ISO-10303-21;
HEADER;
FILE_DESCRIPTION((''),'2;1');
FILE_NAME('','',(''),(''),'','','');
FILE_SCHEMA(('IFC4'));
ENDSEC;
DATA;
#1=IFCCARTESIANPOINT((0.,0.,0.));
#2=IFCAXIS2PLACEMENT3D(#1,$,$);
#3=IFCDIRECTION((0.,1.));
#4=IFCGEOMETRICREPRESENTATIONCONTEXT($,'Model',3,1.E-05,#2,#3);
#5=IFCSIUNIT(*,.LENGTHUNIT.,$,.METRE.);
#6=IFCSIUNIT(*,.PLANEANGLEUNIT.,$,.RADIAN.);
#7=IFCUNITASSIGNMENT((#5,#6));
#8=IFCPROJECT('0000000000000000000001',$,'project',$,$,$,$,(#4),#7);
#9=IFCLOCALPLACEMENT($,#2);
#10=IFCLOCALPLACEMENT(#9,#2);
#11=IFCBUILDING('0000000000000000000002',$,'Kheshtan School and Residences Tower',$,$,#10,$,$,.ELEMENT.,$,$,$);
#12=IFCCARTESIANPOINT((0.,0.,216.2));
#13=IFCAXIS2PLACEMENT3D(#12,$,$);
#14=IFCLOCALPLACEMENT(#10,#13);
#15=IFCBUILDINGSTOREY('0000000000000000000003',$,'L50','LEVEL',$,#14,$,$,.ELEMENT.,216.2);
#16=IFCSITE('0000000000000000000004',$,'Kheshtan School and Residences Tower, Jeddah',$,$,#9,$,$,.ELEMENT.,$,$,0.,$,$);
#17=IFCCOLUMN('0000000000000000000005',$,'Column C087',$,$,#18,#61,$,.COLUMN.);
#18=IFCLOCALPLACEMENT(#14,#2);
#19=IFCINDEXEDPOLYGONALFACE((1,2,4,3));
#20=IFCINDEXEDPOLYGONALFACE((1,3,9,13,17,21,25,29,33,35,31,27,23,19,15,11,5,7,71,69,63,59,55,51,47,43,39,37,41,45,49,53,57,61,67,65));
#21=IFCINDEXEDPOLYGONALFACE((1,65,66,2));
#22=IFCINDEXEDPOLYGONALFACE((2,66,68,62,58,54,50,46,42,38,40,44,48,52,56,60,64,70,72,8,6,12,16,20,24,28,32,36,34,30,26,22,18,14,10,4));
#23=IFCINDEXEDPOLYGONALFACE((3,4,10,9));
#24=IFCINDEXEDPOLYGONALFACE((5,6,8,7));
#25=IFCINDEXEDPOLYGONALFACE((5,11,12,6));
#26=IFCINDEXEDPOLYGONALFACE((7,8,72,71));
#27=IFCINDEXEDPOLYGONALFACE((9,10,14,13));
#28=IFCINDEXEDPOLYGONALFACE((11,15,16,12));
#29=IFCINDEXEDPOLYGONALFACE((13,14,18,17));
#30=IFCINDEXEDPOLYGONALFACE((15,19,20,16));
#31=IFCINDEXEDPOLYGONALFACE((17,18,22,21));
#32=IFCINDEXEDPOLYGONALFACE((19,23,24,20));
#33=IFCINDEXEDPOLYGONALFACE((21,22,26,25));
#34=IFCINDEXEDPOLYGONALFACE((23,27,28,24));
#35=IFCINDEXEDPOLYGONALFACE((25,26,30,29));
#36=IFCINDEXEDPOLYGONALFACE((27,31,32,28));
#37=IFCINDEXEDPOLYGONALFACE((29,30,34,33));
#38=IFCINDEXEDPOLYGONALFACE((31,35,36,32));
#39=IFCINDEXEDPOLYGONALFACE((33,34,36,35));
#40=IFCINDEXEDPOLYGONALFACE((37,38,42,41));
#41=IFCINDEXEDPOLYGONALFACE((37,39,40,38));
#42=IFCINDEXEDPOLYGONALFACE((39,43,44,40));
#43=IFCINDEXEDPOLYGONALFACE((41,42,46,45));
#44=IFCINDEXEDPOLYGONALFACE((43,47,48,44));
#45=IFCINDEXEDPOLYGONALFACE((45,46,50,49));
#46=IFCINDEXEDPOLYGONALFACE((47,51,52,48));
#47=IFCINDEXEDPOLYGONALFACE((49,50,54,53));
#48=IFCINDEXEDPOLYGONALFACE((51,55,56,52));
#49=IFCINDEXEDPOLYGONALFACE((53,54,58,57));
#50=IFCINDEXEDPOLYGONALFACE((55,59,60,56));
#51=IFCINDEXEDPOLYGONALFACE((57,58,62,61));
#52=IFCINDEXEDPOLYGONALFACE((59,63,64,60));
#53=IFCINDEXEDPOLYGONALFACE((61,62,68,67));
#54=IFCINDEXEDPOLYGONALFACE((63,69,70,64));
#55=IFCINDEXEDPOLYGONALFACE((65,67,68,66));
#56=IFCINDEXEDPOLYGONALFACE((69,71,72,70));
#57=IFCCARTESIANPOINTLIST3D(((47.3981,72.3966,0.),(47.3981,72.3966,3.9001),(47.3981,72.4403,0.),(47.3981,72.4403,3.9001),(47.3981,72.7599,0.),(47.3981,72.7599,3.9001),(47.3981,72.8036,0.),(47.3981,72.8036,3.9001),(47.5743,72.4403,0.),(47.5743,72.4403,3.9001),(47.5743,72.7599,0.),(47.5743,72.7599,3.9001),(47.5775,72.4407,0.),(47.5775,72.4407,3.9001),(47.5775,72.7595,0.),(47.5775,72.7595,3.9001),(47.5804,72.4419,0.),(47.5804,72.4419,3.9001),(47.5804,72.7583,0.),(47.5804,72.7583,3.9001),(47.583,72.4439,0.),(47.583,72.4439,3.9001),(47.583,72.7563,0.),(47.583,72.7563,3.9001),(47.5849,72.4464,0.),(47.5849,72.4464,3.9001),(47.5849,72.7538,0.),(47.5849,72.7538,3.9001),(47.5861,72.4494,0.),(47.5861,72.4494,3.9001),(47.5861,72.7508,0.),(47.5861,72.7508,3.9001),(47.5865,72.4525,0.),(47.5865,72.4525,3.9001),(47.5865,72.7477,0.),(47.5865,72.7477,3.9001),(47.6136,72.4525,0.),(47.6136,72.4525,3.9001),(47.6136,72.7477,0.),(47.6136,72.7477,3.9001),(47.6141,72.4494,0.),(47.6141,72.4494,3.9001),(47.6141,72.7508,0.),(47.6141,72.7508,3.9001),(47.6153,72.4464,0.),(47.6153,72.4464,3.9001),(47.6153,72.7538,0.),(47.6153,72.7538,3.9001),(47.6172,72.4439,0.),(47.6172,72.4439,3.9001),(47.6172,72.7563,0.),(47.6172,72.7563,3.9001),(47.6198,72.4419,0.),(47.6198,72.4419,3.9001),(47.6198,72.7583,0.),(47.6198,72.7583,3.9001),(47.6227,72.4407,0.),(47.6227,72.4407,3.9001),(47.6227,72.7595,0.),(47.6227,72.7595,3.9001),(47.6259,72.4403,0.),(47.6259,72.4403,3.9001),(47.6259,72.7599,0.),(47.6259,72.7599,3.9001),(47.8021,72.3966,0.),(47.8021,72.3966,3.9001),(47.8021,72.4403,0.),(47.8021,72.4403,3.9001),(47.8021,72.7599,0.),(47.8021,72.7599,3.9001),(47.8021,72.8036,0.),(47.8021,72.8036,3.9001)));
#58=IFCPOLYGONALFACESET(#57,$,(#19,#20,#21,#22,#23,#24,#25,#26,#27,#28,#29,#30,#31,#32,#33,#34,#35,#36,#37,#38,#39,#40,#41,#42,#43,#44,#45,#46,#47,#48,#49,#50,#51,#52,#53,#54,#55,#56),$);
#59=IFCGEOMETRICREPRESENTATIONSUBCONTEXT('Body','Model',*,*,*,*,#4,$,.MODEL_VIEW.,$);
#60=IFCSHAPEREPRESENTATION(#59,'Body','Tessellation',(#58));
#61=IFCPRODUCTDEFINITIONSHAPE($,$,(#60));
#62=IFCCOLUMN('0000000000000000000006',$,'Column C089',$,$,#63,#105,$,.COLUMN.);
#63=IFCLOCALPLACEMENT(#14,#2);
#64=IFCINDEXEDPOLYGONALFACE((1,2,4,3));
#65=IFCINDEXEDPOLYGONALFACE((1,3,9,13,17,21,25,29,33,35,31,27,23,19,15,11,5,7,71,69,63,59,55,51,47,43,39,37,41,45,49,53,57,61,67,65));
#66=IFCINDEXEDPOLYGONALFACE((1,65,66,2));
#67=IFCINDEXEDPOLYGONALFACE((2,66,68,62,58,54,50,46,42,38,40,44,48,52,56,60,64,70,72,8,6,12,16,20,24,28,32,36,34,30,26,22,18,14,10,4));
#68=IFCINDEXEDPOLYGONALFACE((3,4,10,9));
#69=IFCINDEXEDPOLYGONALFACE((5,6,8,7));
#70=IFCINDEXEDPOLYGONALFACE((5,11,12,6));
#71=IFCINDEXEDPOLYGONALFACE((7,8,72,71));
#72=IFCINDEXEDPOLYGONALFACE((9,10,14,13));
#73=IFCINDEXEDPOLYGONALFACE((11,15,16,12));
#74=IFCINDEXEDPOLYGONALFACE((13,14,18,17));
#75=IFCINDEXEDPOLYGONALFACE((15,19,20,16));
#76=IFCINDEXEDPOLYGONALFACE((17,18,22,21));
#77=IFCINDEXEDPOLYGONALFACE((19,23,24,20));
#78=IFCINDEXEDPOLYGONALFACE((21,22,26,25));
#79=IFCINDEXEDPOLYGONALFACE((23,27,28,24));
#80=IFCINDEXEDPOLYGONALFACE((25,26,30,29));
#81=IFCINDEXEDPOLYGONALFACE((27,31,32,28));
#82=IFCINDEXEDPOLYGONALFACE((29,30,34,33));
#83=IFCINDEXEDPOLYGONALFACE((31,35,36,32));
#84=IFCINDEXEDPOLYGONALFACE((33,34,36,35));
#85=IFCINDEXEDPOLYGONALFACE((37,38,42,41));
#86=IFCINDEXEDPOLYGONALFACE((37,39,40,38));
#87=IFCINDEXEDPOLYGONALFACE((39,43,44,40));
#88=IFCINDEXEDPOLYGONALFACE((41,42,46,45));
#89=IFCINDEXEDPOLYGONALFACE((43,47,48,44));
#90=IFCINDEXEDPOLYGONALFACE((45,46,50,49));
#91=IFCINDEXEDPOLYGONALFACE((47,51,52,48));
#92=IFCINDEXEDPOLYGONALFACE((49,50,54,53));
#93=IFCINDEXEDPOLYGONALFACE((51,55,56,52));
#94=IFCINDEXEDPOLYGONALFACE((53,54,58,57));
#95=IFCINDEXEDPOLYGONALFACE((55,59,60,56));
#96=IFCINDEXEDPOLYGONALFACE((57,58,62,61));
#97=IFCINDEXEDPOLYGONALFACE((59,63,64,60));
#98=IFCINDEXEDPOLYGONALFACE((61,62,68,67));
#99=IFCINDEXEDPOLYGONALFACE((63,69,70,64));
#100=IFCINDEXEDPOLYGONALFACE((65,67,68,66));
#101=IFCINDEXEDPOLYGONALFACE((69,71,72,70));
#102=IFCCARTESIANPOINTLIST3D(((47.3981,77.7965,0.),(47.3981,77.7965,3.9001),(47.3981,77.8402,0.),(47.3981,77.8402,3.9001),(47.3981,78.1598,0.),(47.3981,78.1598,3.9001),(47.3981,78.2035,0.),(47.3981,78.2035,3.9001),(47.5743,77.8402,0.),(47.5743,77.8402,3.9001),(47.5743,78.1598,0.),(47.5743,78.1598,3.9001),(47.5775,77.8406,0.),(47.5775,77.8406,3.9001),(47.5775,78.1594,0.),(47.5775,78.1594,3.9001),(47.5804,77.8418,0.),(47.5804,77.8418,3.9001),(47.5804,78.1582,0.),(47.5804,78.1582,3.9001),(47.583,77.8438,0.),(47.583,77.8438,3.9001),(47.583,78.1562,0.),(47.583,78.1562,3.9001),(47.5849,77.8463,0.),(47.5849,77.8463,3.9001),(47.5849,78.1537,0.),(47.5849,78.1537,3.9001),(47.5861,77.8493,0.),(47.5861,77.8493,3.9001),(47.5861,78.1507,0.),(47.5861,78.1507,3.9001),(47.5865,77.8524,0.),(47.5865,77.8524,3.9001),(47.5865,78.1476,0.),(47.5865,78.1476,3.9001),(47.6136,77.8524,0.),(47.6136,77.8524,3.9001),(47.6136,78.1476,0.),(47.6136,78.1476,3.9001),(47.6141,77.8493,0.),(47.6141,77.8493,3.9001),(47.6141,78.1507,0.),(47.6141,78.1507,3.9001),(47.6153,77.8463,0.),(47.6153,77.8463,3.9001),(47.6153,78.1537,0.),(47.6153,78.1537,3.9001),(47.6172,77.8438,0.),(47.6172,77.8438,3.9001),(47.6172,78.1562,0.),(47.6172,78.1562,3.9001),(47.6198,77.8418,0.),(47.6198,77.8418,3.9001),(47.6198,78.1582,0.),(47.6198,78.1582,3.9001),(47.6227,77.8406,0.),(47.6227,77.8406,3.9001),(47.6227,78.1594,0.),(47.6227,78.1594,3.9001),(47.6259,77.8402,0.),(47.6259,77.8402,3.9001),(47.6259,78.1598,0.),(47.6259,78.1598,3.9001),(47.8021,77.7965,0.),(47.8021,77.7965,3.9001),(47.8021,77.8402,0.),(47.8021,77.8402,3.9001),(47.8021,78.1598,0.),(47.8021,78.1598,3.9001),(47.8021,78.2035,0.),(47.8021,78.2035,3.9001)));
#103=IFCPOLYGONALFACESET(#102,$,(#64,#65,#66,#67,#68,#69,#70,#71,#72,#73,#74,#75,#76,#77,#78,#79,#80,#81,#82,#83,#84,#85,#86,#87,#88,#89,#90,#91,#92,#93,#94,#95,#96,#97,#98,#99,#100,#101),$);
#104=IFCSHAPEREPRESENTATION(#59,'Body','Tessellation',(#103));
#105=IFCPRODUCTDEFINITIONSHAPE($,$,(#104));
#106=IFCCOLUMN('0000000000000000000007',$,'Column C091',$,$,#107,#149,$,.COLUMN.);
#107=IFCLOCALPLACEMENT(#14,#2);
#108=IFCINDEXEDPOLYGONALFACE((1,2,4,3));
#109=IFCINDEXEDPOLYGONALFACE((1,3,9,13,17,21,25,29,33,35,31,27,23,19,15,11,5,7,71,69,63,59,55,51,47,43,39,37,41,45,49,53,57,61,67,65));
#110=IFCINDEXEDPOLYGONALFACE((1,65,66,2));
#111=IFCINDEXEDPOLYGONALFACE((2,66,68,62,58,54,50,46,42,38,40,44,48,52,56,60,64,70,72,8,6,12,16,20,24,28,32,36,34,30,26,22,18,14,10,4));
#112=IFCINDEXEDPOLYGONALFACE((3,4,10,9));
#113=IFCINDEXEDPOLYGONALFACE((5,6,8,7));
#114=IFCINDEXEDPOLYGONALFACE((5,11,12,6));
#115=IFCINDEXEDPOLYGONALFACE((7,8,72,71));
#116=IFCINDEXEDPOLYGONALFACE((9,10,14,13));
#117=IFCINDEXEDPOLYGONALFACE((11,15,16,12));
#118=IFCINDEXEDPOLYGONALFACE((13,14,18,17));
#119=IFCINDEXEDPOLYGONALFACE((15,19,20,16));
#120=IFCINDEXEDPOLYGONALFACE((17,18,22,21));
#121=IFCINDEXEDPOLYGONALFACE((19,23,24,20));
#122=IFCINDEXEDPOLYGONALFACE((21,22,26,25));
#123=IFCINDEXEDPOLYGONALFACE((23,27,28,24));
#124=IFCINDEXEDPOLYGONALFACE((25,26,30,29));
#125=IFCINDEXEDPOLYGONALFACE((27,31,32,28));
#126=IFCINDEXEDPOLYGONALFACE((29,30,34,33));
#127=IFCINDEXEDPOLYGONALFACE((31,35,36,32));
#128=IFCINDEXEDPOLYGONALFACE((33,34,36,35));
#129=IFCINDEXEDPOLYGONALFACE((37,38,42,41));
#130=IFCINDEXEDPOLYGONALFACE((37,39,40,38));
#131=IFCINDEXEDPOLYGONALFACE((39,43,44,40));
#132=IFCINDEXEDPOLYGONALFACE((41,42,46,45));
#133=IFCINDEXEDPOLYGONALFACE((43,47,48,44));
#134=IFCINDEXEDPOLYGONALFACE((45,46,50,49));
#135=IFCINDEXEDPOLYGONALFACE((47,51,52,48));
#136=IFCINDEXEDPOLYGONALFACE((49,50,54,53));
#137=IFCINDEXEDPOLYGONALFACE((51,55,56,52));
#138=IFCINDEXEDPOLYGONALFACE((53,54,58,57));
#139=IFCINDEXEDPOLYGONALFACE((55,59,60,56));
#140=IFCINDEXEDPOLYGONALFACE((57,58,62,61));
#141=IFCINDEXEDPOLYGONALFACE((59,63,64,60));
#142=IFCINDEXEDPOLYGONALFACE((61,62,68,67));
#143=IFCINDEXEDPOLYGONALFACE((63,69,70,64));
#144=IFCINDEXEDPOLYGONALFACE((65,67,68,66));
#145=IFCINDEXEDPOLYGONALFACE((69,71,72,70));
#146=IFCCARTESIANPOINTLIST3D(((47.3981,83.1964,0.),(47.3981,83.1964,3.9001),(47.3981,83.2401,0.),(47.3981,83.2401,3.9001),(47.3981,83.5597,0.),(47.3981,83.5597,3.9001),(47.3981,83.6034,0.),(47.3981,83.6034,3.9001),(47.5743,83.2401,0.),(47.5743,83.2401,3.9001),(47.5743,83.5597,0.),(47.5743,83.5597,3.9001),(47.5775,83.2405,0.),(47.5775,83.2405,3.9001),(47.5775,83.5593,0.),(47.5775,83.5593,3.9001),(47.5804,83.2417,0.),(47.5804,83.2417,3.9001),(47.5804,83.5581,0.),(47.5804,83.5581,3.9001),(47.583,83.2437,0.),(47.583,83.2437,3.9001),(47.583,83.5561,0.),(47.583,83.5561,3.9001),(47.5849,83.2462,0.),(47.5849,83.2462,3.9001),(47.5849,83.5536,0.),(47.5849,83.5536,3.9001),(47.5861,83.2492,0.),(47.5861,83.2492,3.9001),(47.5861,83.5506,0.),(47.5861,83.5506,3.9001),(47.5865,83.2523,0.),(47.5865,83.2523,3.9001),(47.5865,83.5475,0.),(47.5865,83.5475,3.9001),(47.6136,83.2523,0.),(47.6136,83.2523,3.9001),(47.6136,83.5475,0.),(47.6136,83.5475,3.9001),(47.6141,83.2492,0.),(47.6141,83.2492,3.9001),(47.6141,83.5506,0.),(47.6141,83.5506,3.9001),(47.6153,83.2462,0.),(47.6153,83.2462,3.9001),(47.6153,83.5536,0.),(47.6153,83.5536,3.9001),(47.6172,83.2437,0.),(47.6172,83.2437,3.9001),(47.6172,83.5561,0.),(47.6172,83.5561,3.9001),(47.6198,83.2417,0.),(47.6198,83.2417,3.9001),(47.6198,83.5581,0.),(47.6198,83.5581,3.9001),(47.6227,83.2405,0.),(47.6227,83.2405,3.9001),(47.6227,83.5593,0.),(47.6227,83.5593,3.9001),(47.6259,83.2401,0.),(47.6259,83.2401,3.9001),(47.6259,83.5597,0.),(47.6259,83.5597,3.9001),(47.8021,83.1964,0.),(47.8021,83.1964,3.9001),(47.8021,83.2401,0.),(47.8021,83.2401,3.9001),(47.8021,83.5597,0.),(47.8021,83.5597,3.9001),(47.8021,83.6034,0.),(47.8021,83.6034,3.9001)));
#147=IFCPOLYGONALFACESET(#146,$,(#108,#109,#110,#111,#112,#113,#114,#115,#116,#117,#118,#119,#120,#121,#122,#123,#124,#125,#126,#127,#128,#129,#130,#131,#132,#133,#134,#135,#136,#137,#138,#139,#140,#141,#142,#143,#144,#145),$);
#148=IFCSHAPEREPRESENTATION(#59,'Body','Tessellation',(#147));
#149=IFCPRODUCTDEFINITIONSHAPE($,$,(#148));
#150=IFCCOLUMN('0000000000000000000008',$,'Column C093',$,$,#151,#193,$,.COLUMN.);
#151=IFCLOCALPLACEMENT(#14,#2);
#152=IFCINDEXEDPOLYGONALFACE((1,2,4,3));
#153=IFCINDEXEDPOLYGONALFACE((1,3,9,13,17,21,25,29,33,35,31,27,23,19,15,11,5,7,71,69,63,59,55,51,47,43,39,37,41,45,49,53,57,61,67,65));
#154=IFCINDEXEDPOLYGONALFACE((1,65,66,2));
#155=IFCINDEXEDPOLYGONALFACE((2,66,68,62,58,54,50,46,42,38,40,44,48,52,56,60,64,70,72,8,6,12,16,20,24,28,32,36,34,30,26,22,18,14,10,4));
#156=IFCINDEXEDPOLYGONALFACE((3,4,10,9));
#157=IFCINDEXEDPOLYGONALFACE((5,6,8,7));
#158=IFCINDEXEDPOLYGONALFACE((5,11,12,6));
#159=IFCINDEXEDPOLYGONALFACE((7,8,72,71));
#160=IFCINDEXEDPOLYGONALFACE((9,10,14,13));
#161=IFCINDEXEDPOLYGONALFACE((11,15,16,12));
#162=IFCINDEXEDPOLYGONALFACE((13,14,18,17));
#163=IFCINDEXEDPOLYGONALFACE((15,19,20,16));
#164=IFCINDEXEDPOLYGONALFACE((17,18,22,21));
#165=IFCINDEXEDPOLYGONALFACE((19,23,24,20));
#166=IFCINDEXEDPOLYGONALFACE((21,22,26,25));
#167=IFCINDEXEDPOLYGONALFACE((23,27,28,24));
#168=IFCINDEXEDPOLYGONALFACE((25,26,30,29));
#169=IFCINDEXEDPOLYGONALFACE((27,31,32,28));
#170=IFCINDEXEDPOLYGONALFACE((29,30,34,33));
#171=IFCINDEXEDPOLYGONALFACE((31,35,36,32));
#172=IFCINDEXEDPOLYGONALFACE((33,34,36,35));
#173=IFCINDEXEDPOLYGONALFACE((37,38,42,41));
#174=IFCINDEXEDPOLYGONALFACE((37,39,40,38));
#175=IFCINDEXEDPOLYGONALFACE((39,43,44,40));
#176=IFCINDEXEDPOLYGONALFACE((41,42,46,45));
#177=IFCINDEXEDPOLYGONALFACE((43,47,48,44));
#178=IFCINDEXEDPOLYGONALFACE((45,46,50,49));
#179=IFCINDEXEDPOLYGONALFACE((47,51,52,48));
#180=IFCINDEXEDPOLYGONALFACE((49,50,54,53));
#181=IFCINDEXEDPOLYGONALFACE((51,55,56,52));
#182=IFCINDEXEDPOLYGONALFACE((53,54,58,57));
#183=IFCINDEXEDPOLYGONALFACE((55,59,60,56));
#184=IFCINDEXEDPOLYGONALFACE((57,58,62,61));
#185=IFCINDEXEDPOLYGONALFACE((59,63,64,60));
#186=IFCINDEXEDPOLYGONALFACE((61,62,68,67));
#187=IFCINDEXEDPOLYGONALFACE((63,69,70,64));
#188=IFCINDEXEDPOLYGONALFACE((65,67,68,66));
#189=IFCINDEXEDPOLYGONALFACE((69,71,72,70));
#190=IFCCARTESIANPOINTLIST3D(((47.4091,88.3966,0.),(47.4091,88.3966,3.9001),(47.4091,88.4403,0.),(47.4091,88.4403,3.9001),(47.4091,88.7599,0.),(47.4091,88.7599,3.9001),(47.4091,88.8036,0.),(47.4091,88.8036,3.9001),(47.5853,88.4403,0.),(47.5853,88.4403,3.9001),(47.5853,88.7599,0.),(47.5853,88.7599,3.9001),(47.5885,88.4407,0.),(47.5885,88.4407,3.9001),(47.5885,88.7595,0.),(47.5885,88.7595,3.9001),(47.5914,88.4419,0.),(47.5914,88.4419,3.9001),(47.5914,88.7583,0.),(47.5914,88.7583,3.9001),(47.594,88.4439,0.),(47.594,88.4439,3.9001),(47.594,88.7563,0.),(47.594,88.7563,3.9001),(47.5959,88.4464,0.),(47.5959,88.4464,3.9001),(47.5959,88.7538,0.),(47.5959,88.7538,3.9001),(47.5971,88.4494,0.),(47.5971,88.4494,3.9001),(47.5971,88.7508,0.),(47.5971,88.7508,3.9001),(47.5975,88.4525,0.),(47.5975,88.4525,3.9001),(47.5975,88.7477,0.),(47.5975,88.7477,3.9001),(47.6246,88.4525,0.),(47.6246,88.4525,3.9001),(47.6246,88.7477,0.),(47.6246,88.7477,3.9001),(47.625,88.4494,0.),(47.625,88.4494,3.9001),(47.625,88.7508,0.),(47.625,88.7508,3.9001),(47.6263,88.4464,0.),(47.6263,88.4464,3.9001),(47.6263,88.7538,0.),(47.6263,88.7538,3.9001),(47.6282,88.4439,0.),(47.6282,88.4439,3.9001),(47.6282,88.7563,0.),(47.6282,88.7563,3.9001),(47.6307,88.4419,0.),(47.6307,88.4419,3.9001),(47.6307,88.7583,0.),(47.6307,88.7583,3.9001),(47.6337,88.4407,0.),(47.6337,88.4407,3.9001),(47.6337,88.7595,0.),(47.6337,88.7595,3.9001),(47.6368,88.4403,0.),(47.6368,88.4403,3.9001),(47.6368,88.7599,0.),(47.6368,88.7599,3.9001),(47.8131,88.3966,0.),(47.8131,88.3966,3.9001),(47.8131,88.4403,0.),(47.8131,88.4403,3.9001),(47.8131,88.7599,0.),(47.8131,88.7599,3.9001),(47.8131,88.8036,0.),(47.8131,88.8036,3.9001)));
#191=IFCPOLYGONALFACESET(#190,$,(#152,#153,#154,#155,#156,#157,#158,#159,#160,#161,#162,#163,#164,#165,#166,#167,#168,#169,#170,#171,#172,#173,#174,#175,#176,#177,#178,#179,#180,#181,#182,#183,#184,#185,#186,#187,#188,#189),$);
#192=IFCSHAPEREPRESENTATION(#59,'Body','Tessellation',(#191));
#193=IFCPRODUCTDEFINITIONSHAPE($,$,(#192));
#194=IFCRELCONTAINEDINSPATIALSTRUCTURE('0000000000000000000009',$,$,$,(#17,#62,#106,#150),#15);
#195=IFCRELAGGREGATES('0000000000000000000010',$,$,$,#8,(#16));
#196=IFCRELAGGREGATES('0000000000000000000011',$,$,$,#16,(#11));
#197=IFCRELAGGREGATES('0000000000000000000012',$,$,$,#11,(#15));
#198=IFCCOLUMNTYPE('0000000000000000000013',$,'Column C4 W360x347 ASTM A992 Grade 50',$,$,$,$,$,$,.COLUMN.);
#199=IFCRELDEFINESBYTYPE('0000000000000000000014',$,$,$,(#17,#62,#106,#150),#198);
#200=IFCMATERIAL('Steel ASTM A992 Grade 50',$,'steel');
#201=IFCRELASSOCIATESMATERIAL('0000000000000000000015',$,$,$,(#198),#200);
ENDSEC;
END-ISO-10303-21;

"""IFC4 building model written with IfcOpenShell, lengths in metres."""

from ifc_helpers import new_model, si_unit, direction, frame, origin, origin_2d, place, context, subcontext, project, spatial, i_section, extrude, material, material_profile, profile_set, type_object, element, save


model = new_model("IFC4")

# Units and contexts
model_context = context("Model", 3, precision=1e-05, world=origin(), true_north=direction((0.0, 1.0)))
body_context = subcontext(model_context, "Body", "Model", "MODEL_VIEW")
ifc_project = project(units=[si_unit("LENGTHUNIT", "METRE"), si_unit("PLANEANGLEUNIT", "RADIAN")], contexts=[model_context])

# Site, building, storey
site_placement = place(None, origin())
site = spatial("IfcSite", under=ifc_project, at=site_placement, Name="Kheshtan School and Residences Tower, Jeddah", CompositionType="ELEMENT", RefElevation=0.0)
building_placement = place(site_placement, origin())
building = spatial("IfcBuilding", under=site, at=building_placement, Name="Kheshtan School and Residences Tower", CompositionType="ELEMENT")
storey_placement = place(building_placement, frame((0.0, 0.0, 216.2)))
storey = spatial("IfcBuildingStorey", under=building, at=storey_placement, Name="L50", Description="LEVEL", CompositionType="ELEMENT", Elevation=216.2)

# Columns
ifc_material_1 = material(Name="Steel ASTM A992 Grade 50", Category="steel")
ifc_material_profile_1 = material_profile(ifc_material_1, i_section(OverallWidth=0.4041, OverallDepth=0.407, WebThickness=0.0271, FlangeThickness=0.0437, FilletRadius=0.0122, at=origin_2d()), Name="W360x347")
ifc_profile_set_1 = profile_set([ifc_material_profile_1], Name="Steel ASTM A992 Grade 50")
column_type = type_object("IfcColumnType", Name="Column C4 W360x347 ASTM A992 Grade 50", PredefinedType="COLUMN", material=ifc_profile_set_1)
for number, where, z_axis, x_axis, name in (
    (1, (47.6001, 72.6001, 0.0), (0.0, 0.0, 1.0), (1.0, 0.0, 0.0), "Column C087"),
    (2, (47.6001, 78.0, 0.0), (0.0, 0.0, 1.0), (1.0, 0.0, 0.0), "Column C089"),
    (3, (47.6001, 83.3999, 0.0), (0.0, 0.0, 1.0), (1.0, 0.0, 0.0), "Column C091"),
    (4, (47.6111, 88.6001, 0.0), (0.0, 0.0, 1.0), (1.0, 0.0, 0.0), "Column C093"),
):
    element("IfcColumn", number, at=place(storey_placement, frame(where, z_axis=z_axis, x_axis=x_axis)), inside=storey, type_object=column_type, Name=name, PredefinedType="COLUMN", context=body_context, shape_type="SweptSolid", body=[
        extrude(i_section(OverallWidth=0.4041, OverallDepth=0.407, WebThickness=0.0271, FlangeThickness=0.0437, FilletRadius=0.0122, at=origin_2d()), origin(), (0.0, 0.0, 1.0), 3.9001),
    ])

save(model, "model.ifc")
